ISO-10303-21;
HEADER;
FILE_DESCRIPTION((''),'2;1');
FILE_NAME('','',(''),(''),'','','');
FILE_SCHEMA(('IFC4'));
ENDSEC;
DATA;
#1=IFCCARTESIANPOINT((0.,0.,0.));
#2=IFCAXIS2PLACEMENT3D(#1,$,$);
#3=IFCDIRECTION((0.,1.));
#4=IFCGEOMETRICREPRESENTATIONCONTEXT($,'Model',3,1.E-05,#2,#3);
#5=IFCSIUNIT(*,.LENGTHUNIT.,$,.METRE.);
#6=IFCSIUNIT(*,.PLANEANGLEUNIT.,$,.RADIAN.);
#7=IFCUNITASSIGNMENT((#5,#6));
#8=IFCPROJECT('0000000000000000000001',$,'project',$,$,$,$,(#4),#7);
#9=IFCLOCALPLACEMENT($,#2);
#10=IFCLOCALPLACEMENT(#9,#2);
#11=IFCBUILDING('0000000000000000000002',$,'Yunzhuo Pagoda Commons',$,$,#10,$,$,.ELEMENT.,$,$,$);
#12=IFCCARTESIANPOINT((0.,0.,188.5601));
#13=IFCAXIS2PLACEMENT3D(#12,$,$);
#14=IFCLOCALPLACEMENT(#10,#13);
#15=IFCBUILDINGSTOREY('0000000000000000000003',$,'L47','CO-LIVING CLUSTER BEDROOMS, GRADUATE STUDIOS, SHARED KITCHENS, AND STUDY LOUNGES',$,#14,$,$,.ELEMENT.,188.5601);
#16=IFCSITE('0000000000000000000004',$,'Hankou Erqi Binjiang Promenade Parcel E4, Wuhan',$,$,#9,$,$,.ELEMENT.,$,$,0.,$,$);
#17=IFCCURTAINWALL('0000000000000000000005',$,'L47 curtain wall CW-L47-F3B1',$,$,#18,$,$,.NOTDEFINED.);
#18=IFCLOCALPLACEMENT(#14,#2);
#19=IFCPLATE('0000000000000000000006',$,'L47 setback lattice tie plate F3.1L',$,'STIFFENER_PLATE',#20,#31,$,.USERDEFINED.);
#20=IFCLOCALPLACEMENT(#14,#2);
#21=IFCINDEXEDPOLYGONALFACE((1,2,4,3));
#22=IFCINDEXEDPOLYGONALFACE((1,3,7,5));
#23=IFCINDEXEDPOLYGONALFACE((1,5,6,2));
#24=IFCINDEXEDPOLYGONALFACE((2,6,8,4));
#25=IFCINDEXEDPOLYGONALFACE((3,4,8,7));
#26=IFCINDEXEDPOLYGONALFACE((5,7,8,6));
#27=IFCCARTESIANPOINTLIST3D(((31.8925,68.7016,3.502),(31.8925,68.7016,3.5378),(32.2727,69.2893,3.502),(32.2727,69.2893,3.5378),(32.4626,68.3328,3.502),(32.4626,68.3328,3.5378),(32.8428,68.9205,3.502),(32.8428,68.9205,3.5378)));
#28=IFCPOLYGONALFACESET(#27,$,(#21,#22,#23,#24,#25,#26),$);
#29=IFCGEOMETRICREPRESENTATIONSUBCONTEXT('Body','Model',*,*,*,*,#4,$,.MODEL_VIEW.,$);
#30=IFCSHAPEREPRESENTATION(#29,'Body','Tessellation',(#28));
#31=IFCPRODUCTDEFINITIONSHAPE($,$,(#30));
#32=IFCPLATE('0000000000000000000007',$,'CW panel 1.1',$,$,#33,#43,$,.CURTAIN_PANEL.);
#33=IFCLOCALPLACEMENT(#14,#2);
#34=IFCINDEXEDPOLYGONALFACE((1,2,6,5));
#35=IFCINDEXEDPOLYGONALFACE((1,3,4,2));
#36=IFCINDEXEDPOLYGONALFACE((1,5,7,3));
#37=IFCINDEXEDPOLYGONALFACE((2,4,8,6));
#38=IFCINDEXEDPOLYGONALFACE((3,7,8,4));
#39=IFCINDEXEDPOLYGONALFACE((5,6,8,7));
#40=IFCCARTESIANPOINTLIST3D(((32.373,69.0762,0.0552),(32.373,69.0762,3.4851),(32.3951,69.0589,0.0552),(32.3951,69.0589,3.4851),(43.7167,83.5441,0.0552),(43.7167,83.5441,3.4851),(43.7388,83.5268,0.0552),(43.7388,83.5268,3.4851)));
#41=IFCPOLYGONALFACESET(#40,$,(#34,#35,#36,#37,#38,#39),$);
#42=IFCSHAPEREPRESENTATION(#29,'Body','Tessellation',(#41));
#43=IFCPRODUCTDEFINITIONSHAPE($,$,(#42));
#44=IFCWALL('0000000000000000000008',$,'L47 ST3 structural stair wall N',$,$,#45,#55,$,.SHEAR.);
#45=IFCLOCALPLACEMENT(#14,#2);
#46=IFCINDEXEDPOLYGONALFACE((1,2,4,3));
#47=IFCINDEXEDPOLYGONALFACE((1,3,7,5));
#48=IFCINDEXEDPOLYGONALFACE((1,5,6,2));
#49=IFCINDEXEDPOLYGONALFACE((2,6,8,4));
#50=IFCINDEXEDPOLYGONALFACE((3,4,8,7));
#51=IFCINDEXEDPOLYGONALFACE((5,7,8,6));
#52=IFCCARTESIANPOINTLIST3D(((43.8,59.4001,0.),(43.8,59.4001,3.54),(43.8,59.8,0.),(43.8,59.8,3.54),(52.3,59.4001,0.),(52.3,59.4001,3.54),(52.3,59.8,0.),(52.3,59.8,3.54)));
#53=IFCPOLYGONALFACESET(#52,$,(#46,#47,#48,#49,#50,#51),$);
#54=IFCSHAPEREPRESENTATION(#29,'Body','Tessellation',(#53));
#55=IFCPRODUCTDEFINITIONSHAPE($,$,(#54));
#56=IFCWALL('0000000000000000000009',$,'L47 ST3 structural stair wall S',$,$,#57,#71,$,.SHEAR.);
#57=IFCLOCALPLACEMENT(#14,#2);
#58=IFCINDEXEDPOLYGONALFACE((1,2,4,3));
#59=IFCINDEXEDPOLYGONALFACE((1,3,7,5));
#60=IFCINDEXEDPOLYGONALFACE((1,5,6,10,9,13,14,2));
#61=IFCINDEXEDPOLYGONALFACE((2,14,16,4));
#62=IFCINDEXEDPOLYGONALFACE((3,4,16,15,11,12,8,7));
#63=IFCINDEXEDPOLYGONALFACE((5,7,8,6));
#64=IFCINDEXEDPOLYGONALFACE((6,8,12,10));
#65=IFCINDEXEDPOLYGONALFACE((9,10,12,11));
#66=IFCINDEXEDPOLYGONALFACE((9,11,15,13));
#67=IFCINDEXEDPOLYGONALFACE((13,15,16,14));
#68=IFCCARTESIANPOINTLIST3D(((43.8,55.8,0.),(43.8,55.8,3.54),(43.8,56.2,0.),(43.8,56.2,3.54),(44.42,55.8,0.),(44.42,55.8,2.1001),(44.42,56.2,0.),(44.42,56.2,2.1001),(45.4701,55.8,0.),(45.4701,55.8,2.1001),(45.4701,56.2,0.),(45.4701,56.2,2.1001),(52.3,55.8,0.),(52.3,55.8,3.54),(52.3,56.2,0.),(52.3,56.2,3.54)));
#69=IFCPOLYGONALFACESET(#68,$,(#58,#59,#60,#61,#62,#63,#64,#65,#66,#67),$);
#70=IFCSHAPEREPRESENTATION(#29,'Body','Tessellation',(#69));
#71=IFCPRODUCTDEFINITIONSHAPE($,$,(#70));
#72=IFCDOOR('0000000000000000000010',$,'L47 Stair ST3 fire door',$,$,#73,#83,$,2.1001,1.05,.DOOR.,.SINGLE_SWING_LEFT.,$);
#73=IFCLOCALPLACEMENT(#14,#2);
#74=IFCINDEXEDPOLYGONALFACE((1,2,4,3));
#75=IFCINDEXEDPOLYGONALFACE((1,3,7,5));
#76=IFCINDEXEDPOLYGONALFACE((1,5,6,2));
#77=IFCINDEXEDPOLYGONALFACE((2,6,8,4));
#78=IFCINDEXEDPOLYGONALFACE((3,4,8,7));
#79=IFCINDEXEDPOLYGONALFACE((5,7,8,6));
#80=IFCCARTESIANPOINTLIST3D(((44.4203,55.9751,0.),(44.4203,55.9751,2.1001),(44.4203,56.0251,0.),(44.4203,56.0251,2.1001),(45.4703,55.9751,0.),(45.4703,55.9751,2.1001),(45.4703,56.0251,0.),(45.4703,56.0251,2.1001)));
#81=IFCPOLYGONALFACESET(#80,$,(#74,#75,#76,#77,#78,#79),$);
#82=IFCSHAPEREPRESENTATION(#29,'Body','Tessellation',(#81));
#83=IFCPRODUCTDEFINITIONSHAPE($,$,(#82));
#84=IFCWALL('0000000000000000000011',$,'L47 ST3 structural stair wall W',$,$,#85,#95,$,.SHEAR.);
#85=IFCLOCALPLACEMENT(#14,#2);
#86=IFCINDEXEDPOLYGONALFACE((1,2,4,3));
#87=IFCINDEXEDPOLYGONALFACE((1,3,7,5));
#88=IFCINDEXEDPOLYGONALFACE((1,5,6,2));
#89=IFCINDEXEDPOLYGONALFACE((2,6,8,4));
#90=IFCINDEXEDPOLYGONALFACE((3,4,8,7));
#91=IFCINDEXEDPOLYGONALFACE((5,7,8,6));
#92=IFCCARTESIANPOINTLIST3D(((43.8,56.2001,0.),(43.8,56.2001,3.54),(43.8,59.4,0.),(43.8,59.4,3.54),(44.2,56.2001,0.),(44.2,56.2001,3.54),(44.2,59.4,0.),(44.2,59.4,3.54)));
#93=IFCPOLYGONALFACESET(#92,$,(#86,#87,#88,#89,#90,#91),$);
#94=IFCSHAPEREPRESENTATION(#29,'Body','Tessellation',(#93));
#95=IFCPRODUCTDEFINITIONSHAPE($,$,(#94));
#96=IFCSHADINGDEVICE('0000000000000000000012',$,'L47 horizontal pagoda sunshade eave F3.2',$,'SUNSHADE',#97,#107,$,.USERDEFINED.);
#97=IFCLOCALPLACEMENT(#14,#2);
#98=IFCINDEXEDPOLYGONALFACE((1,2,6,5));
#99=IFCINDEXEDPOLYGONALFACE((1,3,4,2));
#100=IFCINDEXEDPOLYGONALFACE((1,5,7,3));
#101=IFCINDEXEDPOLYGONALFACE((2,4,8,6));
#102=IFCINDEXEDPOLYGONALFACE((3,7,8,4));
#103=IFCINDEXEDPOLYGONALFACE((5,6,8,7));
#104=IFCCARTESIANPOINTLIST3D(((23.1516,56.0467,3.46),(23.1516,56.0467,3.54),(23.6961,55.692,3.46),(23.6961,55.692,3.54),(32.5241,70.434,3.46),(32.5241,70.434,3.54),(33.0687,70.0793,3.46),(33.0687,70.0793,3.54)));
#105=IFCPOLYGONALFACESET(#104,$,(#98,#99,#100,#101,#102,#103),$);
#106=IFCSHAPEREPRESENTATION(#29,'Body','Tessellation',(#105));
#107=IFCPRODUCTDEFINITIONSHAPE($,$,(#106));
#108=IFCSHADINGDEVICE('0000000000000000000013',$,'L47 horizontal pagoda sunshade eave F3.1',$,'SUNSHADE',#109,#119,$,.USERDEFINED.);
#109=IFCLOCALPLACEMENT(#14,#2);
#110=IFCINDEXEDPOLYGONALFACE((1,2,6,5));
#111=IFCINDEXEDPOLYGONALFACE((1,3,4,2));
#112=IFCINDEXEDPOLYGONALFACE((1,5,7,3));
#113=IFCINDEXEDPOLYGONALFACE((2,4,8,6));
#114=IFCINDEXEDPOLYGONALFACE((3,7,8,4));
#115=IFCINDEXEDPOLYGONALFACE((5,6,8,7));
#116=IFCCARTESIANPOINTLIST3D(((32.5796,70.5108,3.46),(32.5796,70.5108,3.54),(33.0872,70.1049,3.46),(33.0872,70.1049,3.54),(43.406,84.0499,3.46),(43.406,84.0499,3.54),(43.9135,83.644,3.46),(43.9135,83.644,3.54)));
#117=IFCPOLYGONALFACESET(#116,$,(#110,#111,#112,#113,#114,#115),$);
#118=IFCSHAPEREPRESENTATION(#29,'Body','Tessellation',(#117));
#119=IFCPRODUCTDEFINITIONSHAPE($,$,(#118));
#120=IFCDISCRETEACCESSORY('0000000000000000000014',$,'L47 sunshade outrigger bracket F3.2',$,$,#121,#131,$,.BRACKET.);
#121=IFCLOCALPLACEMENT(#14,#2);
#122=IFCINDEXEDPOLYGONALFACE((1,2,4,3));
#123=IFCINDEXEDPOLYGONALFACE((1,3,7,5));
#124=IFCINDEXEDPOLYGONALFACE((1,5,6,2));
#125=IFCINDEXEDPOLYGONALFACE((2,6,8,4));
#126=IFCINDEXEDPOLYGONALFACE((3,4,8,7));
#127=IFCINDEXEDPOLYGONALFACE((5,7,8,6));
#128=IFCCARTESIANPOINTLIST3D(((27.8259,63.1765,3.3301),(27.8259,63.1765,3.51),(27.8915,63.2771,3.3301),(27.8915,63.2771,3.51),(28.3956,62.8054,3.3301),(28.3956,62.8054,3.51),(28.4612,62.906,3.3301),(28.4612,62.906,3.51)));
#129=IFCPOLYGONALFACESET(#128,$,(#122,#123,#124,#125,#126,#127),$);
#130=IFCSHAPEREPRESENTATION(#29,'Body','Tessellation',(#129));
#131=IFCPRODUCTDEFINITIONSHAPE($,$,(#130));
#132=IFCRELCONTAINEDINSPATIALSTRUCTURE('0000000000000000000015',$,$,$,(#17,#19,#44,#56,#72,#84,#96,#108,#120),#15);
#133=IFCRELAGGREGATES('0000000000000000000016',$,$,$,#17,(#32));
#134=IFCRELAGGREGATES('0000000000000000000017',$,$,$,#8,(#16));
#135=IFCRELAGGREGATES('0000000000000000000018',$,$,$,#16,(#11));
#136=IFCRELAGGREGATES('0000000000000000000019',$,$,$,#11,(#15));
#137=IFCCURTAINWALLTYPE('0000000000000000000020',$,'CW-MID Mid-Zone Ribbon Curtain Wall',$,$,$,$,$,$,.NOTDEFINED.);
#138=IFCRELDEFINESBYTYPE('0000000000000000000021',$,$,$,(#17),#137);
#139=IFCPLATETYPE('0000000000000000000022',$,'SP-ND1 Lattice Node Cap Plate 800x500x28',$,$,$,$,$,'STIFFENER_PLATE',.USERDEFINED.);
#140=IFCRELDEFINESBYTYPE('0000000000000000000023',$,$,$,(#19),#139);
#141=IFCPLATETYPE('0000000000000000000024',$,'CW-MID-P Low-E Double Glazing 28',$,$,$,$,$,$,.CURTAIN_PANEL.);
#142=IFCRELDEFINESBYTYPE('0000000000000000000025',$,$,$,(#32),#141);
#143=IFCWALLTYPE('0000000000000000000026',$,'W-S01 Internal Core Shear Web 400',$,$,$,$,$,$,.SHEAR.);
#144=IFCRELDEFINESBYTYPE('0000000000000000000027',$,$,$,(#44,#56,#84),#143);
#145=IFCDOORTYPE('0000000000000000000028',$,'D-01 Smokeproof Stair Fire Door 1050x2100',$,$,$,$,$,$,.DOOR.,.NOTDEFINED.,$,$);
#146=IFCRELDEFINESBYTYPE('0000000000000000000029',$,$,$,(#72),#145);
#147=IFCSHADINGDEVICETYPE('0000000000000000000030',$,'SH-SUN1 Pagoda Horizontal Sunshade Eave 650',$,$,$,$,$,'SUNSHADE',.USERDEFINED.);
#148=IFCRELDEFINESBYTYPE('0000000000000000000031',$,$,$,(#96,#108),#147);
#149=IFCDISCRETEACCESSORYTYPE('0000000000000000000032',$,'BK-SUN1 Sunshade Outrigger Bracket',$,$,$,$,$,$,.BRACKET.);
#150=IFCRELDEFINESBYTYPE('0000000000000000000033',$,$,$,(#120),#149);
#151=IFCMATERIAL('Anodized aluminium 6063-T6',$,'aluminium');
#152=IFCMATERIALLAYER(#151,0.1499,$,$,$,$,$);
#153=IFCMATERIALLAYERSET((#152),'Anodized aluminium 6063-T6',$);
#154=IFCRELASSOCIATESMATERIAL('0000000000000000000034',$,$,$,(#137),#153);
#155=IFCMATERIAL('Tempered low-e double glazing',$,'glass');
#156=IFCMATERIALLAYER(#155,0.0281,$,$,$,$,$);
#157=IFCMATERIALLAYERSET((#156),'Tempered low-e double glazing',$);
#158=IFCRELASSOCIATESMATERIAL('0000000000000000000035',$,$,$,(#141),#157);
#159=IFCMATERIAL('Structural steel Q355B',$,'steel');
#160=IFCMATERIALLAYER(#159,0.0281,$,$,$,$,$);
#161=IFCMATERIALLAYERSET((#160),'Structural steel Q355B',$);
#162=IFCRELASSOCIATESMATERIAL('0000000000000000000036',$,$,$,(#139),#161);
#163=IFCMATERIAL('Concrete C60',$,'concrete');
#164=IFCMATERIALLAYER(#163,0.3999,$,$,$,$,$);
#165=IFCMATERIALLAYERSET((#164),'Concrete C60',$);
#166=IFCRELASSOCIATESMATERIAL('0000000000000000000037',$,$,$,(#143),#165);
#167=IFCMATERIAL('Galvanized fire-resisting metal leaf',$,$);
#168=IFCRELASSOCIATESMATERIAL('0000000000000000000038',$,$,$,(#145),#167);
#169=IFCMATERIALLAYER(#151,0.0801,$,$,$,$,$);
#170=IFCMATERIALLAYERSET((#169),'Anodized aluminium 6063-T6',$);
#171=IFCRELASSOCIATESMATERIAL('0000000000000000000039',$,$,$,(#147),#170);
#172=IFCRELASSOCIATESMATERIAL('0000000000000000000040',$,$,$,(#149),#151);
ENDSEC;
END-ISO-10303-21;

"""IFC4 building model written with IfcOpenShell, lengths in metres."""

from ifc_helpers import new_model, si_unit, direction, frame, frame_2d, origin, origin_2d, place, context, subcontext, project, spatial, rectangle, extrude, source, transform, mapped, material, layer, layer_set, type_object, element, fill, aggregate, save


model = new_model("IFC4")

# Units and contexts
model_context = context("Model", 3, precision=1e-05, world=origin(), true_north=direction((0.0, 1.0)))
body_context = subcontext(model_context, "Body", "Model", "MODEL_VIEW")
ifc_project = project(units=[si_unit("LENGTHUNIT", "METRE"), si_unit("PLANEANGLEUNIT", "RADIAN")], contexts=[model_context])

# Site, building, storey
site_placement = place(None, origin())
site = spatial("IfcSite", under=ifc_project, at=site_placement, Name="Hankou Erqi Binjiang Promenade Parcel E4, Wuhan", CompositionType="ELEMENT", RefElevation=0.0)
building_placement = place(site_placement, origin())
building = spatial("IfcBuilding", under=site, at=building_placement, Name="Yunzhuo Pagoda Commons", CompositionType="ELEMENT")
storey_placement = place(building_placement, frame((0.0, 0.0, 188.5601)))
storey = spatial("IfcBuildingStorey", under=building, at=storey_placement, Name="L47", Description="CO-LIVING CLUSTER BEDROOMS, GRADUATE STUDIOS, SHARED KITCHENS, AND STUDY LOUNGES", CompositionType="ELEMENT", Elevation=188.5601)

# Shared definitions
ifc_material_1 = material(Name="Structural steel Q355B", Category="steel")

# Shared definitions
ifc_material_2 = material(Name="Anodized aluminium 6063-T6", Category="aluminium")
ifc_layer_1 = layer(ifc_material_2, 0.1499)
ifc_layer_set_1 = layer_set([ifc_layer_1], Name="Anodized aluminium 6063-T6")
curtain_wall_type = type_object("IfcCurtainWallType", Name="CW-MID Mid-Zone Ribbon Curtain Wall", PredefinedType="NOTDEFINED", material=ifc_layer_set_1)

# Curtain wall
curtain_wall_1_placement = place(storey_placement, origin())
curtain_wall_1 = element("IfcCurtainWall", 1, at=curtain_wall_1_placement, inside=storey, type_object=curtain_wall_type, Name="L47 curtain wall CW-L47-F3B1", PredefinedType="NOTDEFINED")

# Plates
ifc_material_3 = material(Name="Tempered low-e double glazing", Category="glass")
ifc_layer_2 = layer(ifc_material_3, 0.0281)
ifc_layer_set_2 = layer_set([ifc_layer_2], Name="Tempered low-e double glazing")
plate_type_1 = type_object("IfcPlateType", Name="CW-MID-P Low-E Double Glazing 28", PredefinedType="CURTAIN_PANEL", material=ifc_layer_set_2)
ifc_layer_3 = layer(ifc_material_1, 0.0281)
ifc_layer_set_3 = layer_set([ifc_layer_3], Name="Structural steel Q355B")
plate_type_2 = type_object("IfcPlateType", Name="SP-ND1 Lattice Node Cap Plate 800x500x28", ElementType="STIFFENER_PLATE", PredefinedType="USERDEFINED", material=ifc_layer_set_3)
shared_shape_1 = source(origin(), body_context, "Body", "SweptSolid", [
    extrude(rectangle(XDim=0.7, YDim=0.679, at=origin_2d()), origin(), (0.0, 0.0, 1.0), 0.0359),
])
plate_1_placement = place(storey_placement, frame((32.3677, 68.811, 3.502), z_axis=(0.0, 0.0, 1.0), x_axis=(-0.54316, -0.839629, 0.0)))
element("IfcPlate", 2, at=plate_1_placement, inside=storey, type_object=plate_type_2, Name="L47 setback lattice tie plate F3.1L", ObjectType="STIFFENER_PLATE", PredefinedType="USERDEFINED", context=body_context, shape_type="MappedRepresentation", body=[
    mapped(shared_shape_1, transform((0.0, 0.0, 0.0), scale=1.0)),
])
shared_shape_2 = source(origin(), body_context, "Body", "SweptSolid", [
    extrude(rectangle(XDim=18.3848, YDim=0.0281, at=origin_2d()), origin(), (0.0, 0.0, 1.0), 3.4299),
])
plate_2_placement = place(storey_placement, frame((38.0559, 76.3015, 0.0552), z_axis=(0.0, 0.0, 1.0), x_axis=(-0.617016, -0.78695, 0.0)))
plate_2 = element("IfcPlate", 3, at=plate_2_placement, type_object=plate_type_1, Name="CW panel 1.1", PredefinedType="CURTAIN_PANEL", context=body_context, shape_type="MappedRepresentation", body=[
    mapped(shared_shape_2, transform((0.0, 0.0, 0.0), scale=1.0)),
])
aggregate(curtain_wall_1, [plate_2])

# Wall
ifc_material_4 = material(Name="Concrete C60", Category="concrete")
ifc_layer_4 = layer(ifc_material_4, 0.3999)
ifc_layer_set_4 = layer_set([ifc_layer_4], Name="Concrete C60")
wall_type = type_object("IfcWallType", Name="W-S01 Internal Core Shear Web 400", PredefinedType="SHEAR", material=ifc_layer_set_4)
wall_1_placement = place(storey_placement, frame((43.8, 59.6001, 0.0), z_axis=(0.0, 0.0, 1.0), x_axis=(1.0, 0.0, 0.0)))
element("IfcWall", 4, at=wall_1_placement, inside=storey, type_object=wall_type, Name="L47 ST3 structural stair wall N", PredefinedType="SHEAR", context=body_context, shape_type="SweptSolid", body=[
    extrude(rectangle(XDim=8.5, YDim=0.3999, at=frame_2d((4.25, 0.0))), origin(), (0.0, 0.0, 1.0), 3.54),
])

# Wall, opening, door
wall_2_placement = place(storey_placement, frame((43.8, 56.0, 0.0), z_axis=(0.0, 0.0, 1.0), x_axis=(1.0, 0.0, 0.0)))
wall_2 = element("IfcWall", 5, at=wall_2_placement, inside=storey, type_object=wall_type, Name="L47 ST3 structural stair wall S", PredefinedType="SHEAR", context=body_context, shape_type="SweptSolid", body=[
    extrude(rectangle(XDim=8.5, YDim=0.3999, at=frame_2d((4.25, 0.0))), origin(), (0.0, 0.0, 1.0), 3.54),
])
opening_placement = place(wall_2_placement, frame((0.6201, 0.0, 0.0)))
opening = element("IfcOpeningElement", 6, at=opening_placement, cuts=wall_2, PredefinedType="OPENING", context=body_context, shape_type="SweptSolid", body=[
    extrude(rectangle(XDim=1.05, YDim=2.1001, at=frame_2d((0.5249, 1.05))), frame((0.0, 0.21, 0.0), z_axis=(0.0, -1.0, 0.0), x_axis=(1.0, 0.0, 0.0)), (0.0, 0.0, 1.0), 0.4199),
])
ifc_material_5 = material(Name="Galvanized fire-resisting metal leaf")
door_type = type_object("IfcDoorType", Name="D-01 Smokeproof Stair Fire Door 1050x2100", OperationType="NOTDEFINED", PredefinedType="DOOR", material=ifc_material_5)
shared_shape_3 = source(origin(), body_context, "Body", "SweptSolid", [
    extrude(rectangle(XDim=1.05, YDim=2.1001, at=frame_2d((0.5249, 1.05))), frame((0.0, 0.0249, 0.0), z_axis=(0.0, -1.0, 0.0), x_axis=(1.0, 0.0, 0.0)), (0.0, 0.0, 1.0), 0.05),
])
door_placement = place(opening_placement, frame((1.05, 0.0, 0.0), z_axis=(0.0, 0.0, 1.0), x_axis=(-1.0, 0.0, 0.0)))
door = element("IfcDoor", 7, at=door_placement, inside=storey, type_object=door_type, Name="L47 Stair ST3 fire door", OperationType="SINGLE_SWING_LEFT", OverallHeight=2.1001, OverallWidth=1.05, PredefinedType="DOOR", context=body_context, shape_type="MappedRepresentation", body=[
    mapped(shared_shape_3, transform((0.0, 0.0, 0.0), scale=1.0)),
])
fill(opening, door)

# Wall
wall_3_placement = place(storey_placement, frame((44.0, 56.2, 0.0), z_axis=(0.0, 0.0, 1.0), x_axis=(0.0, 1.0, 0.0)))
element("IfcWall", 8, at=wall_3_placement, inside=storey, type_object=wall_type, Name="L47 ST3 structural stair wall W", PredefinedType="SHEAR", context=body_context, shape_type="SweptSolid", body=[
    extrude(rectangle(XDim=3.2, YDim=0.3999, at=frame_2d((1.6001, 0.0))), origin(), (0.0, 0.0, 1.0), 3.54),
])

# Shading devices
ifc_layer_5 = layer(ifc_material_2, 0.0801)
ifc_layer_set_5 = layer_set([ifc_layer_5], Name="Anodized aluminium 6063-T6")
shading_device_type = type_object("IfcShadingDeviceType", Name="SH-SUN1 Pagoda Horizontal Sunshade Eave 650", ElementType="SUNSHADE", PredefinedType="USERDEFINED", material=ifc_layer_set_5)
shared_shape_4 = source(origin(), body_context, "Body", "SweptSolid", [
    extrude(rectangle(XDim=17.1709, YDim=0.6499, at=origin_2d()), origin(), (0.0, 0.0, 1.0), 0.0801),
])
shading_device_1_placement = place(storey_placement, frame((28.1101, 63.063, 3.46), z_axis=(0.0, 0.0, 1.0), x_axis=(-0.545839, -0.83789, 0.0)))
element("IfcShadingDevice", 9, at=shading_device_1_placement, inside=storey, type_object=shading_device_type, Name="L47 horizontal pagoda sunshade eave F3.2", ObjectType="SUNSHADE", PredefinedType="USERDEFINED", context=body_context, shape_type="MappedRepresentation", body=[
    mapped(shared_shape_4, transform((0.0, 0.0, 0.0), scale=1.0)),
])
shared_shape_5 = source(origin(), body_context, "Body", "SweptSolid", [
    extrude(rectangle(XDim=17.3354, YDim=0.6499, at=origin_2d()), origin(), (0.0, 0.0, 1.0), 0.0801),
])
shading_device_2_placement = place(storey_placement, frame((38.2466, 77.0774, 3.46), z_axis=(0.0, 0.0, 1.0), x_axis=(-0.62452, -0.781008, 0.0)))
element("IfcShadingDevice", 10, at=shading_device_2_placement, inside=storey, type_object=shading_device_type, Name="L47 horizontal pagoda sunshade eave F3.1", ObjectType="SUNSHADE", PredefinedType="USERDEFINED", context=body_context, shape_type="MappedRepresentation", body=[
    mapped(shared_shape_5, transform((0.0, 0.0, 0.0), scale=1.0)),
])

# Discrete accessory
discrete_accessory_type = type_object("IfcDiscreteAccessoryType", Name="BK-SUN1 Sunshade Outrigger Bracket", PredefinedType="BRACKET", material=ifc_material_2)
shared_shape_6 = source(origin(), body_context, "Body", "SweptSolid", [
    extrude(rectangle(XDim=0.1201, YDim=0.6799, at=origin_2d()), origin(), (0.0, 0.0, 1.0), 0.1799),
])
discrete_accessory_placement = place(storey_placement, frame((28.1436, 63.0413, 3.3301), z_axis=(0.0, 0.0, 1.0), x_axis=(-0.545839, -0.83789, 0.0)))
element("IfcDiscreteAccessory", 11, at=discrete_accessory_placement, inside=storey, type_object=discrete_accessory_type, Name="L47 sunshade outrigger bracket F3.2", PredefinedType="BRACKET", context=body_context, shape_type="MappedRepresentation", body=[
    mapped(shared_shape_6, transform((0.0, 0.0, 0.0), scale=1.0)),
])

save(model, "model.ifc")
